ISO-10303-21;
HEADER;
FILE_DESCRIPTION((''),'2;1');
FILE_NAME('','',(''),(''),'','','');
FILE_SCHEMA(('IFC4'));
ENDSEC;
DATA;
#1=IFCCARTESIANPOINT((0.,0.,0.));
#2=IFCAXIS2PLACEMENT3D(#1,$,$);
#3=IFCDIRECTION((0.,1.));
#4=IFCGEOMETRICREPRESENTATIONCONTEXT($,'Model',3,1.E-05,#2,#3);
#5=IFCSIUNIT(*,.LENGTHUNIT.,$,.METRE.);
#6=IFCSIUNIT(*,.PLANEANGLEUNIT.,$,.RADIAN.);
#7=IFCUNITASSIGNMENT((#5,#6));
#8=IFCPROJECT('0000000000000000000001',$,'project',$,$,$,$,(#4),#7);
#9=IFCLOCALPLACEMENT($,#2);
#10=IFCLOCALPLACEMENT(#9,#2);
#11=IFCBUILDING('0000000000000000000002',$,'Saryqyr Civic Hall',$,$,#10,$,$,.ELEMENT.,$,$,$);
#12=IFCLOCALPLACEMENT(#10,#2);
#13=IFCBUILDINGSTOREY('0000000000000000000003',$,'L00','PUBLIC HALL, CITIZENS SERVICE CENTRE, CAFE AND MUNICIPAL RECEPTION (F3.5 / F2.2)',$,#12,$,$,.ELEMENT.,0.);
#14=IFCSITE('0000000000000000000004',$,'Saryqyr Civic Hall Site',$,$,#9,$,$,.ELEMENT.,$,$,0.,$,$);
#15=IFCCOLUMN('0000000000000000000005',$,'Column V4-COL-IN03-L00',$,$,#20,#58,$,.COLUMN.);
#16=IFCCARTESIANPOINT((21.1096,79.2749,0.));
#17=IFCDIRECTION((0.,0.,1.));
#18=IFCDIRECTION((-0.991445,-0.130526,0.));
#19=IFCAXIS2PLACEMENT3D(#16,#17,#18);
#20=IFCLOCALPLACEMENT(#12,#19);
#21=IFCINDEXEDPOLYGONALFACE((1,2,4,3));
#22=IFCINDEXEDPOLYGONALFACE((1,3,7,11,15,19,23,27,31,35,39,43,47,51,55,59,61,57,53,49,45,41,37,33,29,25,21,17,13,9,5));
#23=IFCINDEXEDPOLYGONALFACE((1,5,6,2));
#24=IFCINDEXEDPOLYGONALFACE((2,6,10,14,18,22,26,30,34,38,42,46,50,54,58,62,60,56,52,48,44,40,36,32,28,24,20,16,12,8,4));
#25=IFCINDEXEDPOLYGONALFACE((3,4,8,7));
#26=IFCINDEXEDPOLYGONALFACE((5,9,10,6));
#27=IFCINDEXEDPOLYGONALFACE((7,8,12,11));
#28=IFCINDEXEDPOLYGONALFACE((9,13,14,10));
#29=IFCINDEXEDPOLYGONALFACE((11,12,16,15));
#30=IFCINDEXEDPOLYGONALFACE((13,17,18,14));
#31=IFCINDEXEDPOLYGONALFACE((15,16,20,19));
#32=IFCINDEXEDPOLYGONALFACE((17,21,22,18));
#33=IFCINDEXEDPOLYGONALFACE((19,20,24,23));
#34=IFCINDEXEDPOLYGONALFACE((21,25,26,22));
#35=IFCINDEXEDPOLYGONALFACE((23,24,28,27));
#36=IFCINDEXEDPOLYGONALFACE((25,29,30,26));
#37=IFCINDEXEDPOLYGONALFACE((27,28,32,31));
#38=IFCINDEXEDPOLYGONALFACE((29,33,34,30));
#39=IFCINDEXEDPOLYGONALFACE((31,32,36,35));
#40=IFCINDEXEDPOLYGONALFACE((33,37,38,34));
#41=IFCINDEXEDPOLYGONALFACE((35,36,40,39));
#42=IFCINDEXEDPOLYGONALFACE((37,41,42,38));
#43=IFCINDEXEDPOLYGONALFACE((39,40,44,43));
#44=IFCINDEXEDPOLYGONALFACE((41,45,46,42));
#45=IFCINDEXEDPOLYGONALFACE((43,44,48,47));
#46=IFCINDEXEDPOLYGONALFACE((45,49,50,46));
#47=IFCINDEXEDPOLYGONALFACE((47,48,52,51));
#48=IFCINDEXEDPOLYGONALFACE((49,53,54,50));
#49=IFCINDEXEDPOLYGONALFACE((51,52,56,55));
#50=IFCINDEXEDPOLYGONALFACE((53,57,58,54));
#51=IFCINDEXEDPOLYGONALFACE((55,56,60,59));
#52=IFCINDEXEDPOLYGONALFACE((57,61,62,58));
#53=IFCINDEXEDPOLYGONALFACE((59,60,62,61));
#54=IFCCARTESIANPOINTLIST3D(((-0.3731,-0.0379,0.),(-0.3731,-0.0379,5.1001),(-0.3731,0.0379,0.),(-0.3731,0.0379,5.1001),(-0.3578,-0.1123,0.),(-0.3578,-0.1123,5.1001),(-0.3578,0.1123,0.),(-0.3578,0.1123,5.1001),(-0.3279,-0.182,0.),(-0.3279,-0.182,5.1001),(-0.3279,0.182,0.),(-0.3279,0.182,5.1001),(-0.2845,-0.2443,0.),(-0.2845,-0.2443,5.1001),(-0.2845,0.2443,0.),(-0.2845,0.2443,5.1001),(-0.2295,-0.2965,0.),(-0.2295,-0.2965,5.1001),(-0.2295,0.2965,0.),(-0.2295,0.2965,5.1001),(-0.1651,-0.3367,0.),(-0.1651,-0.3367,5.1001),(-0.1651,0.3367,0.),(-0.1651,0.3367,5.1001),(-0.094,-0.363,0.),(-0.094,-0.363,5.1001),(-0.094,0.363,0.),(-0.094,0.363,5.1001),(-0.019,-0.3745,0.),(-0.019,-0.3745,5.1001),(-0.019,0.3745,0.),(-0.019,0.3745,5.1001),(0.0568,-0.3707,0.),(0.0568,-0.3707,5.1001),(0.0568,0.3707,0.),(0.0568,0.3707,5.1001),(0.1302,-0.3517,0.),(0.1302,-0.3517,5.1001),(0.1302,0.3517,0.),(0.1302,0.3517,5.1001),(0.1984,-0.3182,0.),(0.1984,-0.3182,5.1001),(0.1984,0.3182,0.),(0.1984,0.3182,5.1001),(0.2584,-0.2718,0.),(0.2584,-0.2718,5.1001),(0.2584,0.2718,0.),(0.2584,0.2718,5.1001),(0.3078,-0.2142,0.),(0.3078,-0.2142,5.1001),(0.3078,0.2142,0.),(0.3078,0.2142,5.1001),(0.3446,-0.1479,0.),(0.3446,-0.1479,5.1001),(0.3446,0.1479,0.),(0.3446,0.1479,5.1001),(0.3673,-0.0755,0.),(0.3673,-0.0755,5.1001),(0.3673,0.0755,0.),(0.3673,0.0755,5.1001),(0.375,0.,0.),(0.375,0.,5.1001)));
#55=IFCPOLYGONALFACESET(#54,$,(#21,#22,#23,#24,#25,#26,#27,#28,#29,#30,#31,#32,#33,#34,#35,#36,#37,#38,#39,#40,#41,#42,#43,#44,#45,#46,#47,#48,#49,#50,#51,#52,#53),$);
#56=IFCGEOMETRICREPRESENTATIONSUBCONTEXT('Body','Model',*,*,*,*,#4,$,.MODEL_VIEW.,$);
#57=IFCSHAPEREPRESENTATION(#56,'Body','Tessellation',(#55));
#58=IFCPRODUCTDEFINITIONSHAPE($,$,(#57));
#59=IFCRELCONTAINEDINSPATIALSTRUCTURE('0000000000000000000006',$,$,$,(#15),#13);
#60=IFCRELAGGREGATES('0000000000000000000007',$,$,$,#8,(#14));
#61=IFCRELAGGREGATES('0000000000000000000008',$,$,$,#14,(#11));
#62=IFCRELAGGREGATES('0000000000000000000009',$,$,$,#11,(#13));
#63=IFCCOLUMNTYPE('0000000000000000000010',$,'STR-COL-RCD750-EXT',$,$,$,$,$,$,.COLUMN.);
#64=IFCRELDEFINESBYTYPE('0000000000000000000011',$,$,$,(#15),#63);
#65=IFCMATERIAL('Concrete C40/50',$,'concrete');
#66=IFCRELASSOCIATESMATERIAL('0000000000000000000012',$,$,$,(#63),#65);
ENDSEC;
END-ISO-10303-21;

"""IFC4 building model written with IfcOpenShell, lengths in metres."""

from ifc_helpers import new_model, si_unit, direction, frame, origin, origin_2d, place, context, subcontext, project, spatial, circle, extrude, material, material_profile, profile_set, type_object, element, save


model = new_model("IFC4")

# Units and contexts
model_context = context("Model", 3, precision=1e-05, world=origin(), true_north=direction((0.0, 1.0)))
body_context = subcontext(model_context, "Body", "Model", "MODEL_VIEW")
ifc_project = project(units=[si_unit("LENGTHUNIT", "METRE"), si_unit("PLANEANGLEUNIT", "RADIAN")], contexts=[model_context])

# Site, building, storey
site_placement = place(None, origin())
site = spatial("IfcSite", under=ifc_project, at=site_placement, Name="Saryqyr Civic Hall Site", CompositionType="ELEMENT", RefElevation=0.0)
building_placement = place(site_placement, origin())
building = spatial("IfcBuilding", under=site, at=building_placement, Name="Saryqyr Civic Hall", CompositionType="ELEMENT")
storey_placement = place(building_placement, origin())
storey = spatial("IfcBuildingStorey", under=building, at=storey_placement, Name="L00", Description="PUBLIC HALL, CITIZENS SERVICE CENTRE, CAFE AND MUNICIPAL RECEPTION (F3.5 / F2.2)", CompositionType="ELEMENT", Elevation=0.0)

# Column
ifc_material_1 = material(Name="Concrete C40/50", Category="concrete")
ifc_material_profile_1 = material_profile(ifc_material_1, circle(Radius=0.375, at=origin_2d()), Name="RC D750")
ifc_profile_set_1 = profile_set([ifc_material_profile_1], Name="Concrete C40/50")
column_type_1 = type_object("IfcColumnType", Name="STR-COL-RCD750-EXT", PredefinedType="COLUMN", material=ifc_profile_set_1)
column_1_placement = place(storey_placement, frame((21.1096, 79.2749, 0.0), z_axis=(0.0, 0.0, 1.0), x_axis=(-0.991445, -0.130526, 0.0)))
element("IfcColumn", 1, at=column_1_placement, inside=storey, type_object=column_type_1, Name="Column V4-COL-IN03-L00", PredefinedType="COLUMN", context=body_context, shape_type="SweptSolid", body=[
    extrude(circle(Radius=0.375, at=origin_2d()), origin(), (0.0, 0.0, 1.0), 5.1001),
])

save(model, "model.ifc")
